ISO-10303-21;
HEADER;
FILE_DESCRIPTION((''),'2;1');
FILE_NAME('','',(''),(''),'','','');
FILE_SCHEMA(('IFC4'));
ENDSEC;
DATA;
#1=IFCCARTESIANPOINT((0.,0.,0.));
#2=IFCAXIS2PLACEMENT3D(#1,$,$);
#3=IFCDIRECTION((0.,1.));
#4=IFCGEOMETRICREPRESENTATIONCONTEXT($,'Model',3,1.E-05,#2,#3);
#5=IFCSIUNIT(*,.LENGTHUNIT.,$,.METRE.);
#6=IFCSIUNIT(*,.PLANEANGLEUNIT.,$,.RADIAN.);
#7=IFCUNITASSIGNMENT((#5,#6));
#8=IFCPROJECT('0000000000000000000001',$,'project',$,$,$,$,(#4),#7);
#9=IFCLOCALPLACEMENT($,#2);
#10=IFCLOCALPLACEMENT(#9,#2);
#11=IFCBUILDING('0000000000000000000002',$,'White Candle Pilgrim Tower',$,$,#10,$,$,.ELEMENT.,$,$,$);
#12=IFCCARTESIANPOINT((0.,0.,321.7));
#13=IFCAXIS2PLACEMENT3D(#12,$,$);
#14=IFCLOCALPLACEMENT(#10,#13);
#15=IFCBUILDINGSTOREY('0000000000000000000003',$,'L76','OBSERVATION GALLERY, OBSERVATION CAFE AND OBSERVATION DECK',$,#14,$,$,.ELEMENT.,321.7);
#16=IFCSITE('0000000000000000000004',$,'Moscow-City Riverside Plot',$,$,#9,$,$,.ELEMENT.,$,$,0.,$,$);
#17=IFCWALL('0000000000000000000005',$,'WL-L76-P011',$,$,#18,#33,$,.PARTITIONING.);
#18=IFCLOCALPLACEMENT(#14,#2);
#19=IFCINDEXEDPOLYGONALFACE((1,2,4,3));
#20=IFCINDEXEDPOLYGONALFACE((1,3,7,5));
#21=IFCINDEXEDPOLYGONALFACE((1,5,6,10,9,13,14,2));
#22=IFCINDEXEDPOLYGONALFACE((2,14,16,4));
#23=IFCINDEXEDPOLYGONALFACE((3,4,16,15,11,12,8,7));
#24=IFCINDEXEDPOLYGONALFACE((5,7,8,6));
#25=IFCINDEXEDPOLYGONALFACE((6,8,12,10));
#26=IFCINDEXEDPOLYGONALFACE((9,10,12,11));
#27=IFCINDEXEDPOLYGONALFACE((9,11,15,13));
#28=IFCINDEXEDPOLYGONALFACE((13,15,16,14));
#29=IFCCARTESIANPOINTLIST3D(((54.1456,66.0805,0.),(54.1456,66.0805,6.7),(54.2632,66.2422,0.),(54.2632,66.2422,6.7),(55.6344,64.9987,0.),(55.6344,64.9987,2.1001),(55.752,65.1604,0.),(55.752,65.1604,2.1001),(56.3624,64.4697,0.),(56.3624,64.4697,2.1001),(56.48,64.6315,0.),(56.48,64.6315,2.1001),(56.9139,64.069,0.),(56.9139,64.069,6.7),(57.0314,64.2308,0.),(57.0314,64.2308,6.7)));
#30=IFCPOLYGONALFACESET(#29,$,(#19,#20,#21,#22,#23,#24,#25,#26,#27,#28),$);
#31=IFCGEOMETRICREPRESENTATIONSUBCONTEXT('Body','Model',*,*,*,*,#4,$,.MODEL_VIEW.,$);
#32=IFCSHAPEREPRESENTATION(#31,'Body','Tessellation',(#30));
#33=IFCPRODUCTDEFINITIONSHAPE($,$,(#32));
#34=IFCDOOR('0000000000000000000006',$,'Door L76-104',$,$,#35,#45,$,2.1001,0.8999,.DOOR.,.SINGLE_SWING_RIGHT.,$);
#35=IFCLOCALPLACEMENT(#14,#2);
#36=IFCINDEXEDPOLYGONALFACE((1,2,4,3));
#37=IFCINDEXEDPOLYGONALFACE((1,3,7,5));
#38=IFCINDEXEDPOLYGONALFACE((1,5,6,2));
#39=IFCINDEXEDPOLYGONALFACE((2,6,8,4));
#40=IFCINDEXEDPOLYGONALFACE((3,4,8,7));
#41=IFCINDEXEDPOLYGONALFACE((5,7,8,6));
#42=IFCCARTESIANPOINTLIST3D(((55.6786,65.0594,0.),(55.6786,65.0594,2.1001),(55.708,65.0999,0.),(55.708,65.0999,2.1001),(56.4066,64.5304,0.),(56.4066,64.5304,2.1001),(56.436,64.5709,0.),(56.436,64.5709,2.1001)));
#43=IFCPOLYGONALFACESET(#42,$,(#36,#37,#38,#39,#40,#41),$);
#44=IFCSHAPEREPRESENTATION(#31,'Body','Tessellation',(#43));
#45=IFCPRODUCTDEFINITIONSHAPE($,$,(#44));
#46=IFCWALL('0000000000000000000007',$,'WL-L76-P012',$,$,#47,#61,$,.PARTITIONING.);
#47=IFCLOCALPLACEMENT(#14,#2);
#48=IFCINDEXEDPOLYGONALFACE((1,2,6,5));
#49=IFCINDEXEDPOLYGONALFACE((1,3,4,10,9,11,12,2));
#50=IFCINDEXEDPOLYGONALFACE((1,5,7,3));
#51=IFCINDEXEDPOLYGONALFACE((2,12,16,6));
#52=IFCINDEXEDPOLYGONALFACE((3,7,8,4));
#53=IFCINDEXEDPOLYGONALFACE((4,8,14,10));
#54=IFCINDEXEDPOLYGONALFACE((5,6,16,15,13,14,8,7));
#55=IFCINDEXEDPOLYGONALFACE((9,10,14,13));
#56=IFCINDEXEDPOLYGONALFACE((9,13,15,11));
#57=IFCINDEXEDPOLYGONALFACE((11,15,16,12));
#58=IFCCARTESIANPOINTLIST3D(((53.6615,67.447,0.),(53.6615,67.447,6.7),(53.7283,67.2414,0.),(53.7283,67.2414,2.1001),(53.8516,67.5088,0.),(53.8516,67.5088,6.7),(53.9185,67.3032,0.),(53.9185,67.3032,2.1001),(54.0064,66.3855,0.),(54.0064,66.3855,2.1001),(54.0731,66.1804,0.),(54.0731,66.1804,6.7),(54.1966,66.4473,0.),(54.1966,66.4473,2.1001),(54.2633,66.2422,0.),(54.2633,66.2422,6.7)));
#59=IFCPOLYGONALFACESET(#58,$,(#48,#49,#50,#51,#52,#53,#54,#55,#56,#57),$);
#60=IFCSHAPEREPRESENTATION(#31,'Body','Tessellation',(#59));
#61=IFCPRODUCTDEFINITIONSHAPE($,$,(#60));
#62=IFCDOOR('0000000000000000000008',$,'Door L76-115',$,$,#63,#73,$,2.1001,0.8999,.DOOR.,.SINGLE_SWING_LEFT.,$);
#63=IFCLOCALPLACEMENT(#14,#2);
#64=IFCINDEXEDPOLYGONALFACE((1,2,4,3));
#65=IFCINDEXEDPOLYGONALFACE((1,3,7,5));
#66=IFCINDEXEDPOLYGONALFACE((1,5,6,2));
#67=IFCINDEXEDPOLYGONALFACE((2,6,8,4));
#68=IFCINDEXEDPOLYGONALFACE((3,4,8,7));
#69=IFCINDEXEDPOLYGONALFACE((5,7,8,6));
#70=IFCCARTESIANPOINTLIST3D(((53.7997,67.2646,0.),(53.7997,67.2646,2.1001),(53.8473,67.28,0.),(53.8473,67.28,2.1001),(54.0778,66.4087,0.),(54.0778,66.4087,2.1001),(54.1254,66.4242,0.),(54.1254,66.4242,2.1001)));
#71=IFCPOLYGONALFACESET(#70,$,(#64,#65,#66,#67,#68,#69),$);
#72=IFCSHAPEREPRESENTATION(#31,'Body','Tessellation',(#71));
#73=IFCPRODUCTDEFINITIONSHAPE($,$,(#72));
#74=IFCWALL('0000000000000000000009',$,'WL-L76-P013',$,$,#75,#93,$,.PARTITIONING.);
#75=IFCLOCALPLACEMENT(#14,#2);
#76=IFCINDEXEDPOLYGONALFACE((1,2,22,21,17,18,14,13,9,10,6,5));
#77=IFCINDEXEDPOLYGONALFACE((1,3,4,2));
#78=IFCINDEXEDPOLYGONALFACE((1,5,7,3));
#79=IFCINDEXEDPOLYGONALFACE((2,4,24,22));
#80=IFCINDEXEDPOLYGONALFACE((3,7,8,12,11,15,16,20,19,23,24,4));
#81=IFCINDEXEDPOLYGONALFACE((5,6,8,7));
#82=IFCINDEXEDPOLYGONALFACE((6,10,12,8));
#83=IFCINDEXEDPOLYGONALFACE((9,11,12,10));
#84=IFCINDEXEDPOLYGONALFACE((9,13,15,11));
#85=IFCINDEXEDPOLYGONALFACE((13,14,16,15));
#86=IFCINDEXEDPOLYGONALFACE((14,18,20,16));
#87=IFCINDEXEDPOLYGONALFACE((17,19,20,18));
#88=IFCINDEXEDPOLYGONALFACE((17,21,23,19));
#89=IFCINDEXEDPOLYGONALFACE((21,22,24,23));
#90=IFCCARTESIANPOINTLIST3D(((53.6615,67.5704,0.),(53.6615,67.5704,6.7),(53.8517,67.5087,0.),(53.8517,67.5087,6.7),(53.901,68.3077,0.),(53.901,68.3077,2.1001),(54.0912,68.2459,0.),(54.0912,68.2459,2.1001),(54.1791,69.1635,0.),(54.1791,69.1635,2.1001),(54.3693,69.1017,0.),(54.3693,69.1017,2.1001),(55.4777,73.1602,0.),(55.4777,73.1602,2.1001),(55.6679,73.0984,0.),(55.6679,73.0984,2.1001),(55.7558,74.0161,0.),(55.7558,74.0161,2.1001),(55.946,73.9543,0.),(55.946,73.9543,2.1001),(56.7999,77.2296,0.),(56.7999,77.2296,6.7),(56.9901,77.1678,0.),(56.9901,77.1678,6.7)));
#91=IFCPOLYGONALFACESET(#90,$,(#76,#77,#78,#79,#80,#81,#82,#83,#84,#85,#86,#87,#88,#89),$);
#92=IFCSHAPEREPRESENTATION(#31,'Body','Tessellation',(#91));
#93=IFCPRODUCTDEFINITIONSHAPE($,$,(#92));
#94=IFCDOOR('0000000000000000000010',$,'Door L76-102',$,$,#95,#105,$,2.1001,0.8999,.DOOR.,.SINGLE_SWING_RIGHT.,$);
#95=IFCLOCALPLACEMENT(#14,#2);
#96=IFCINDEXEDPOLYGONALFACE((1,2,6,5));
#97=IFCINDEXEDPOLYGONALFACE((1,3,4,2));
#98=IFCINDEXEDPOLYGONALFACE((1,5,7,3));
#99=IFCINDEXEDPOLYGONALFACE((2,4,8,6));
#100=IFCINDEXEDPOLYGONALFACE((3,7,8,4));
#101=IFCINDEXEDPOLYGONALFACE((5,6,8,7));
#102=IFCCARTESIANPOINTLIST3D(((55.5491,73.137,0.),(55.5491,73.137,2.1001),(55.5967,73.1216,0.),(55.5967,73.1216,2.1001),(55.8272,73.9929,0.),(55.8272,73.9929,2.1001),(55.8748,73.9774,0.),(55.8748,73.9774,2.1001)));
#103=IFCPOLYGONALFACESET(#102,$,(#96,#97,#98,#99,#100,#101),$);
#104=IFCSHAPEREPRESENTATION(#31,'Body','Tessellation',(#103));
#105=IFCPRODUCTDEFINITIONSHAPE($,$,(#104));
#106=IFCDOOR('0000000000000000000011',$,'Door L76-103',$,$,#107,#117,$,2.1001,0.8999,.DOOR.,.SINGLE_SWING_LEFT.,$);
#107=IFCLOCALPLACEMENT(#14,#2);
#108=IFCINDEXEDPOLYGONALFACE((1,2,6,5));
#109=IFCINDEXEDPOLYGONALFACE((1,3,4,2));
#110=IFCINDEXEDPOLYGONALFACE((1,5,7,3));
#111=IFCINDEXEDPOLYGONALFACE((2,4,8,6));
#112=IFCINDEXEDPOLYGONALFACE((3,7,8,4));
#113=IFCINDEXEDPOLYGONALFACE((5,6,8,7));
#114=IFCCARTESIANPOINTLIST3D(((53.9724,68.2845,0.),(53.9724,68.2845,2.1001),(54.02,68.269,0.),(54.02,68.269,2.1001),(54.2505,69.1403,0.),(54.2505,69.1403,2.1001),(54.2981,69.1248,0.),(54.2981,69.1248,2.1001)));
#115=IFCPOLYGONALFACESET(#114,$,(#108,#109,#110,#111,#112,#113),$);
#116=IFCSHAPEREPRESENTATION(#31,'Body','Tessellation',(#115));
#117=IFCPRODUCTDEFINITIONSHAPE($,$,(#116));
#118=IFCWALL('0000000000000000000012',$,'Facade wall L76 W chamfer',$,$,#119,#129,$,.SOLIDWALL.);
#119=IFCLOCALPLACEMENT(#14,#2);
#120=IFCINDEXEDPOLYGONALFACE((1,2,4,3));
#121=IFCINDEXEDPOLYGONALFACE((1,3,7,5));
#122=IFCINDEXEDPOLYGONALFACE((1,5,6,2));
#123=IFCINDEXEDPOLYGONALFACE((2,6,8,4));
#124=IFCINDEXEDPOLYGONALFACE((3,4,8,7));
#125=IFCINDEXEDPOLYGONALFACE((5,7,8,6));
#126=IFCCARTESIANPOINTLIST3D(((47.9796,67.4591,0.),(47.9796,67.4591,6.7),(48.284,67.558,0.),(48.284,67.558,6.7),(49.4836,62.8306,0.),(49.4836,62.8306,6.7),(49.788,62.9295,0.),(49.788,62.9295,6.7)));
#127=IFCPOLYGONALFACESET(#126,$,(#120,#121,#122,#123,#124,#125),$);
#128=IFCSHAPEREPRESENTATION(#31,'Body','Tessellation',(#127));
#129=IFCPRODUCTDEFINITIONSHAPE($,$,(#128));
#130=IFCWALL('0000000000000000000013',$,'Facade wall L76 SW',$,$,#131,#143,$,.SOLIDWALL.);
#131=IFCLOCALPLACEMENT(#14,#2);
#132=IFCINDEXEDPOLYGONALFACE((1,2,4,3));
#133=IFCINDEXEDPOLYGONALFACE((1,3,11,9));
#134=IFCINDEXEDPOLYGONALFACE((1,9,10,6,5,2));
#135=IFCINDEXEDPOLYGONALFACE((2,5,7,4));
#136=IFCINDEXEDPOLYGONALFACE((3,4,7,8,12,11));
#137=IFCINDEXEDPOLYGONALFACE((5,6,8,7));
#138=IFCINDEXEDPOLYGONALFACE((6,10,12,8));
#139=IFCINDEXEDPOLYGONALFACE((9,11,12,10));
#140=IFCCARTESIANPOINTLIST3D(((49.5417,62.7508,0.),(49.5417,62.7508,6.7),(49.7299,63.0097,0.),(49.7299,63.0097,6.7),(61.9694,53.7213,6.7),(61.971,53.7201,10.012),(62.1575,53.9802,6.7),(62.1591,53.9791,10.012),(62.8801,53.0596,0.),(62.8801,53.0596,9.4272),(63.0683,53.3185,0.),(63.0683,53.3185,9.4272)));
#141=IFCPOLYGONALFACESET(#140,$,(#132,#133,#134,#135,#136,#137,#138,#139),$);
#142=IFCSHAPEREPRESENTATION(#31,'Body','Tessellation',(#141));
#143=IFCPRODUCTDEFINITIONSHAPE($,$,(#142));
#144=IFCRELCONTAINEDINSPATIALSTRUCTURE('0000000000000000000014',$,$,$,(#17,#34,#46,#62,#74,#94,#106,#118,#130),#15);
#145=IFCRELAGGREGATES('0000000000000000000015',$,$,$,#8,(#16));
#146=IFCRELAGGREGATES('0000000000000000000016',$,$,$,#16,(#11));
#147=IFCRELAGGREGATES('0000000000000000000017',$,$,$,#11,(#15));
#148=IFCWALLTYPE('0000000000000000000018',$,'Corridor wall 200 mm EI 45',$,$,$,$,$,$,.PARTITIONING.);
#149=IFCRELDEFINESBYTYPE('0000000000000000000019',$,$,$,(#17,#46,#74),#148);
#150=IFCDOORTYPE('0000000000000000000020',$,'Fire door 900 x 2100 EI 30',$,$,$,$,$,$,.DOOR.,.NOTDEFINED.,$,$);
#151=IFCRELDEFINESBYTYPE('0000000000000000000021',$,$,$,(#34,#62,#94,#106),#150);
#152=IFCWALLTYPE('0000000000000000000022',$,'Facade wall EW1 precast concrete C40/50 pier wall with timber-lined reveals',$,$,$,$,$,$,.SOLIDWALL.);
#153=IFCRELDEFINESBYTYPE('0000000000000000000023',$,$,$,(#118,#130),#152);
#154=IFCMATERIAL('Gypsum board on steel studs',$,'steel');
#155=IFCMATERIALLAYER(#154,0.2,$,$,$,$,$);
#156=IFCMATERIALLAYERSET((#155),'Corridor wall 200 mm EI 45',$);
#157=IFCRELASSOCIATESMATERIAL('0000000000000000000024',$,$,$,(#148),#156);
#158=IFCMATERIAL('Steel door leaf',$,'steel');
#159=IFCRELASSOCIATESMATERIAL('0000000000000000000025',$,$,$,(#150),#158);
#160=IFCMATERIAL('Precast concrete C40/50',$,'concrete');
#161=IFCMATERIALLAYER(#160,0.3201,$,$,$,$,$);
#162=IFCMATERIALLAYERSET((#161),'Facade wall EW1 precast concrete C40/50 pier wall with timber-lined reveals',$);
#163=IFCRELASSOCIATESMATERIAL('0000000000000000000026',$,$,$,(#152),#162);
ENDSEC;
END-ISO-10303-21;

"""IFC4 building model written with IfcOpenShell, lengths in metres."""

from ifc_helpers import new_model, si_unit, direction, frame, frame_2d, origin, place, context, subcontext, project, spatial, polyline, rectangle, outline, extrude, material, layer, layer_set, type_object, element, fill, save


model = new_model("IFC4")

# Units and contexts
model_context = context("Model", 3, precision=1e-05, world=origin(), true_north=direction((0.0, 1.0)))
body_context = subcontext(model_context, "Body", "Model", "MODEL_VIEW")
ifc_project = project(units=[si_unit("LENGTHUNIT", "METRE"), si_unit("PLANEANGLEUNIT", "RADIAN")], contexts=[model_context])

# Site, building, storey
site_placement = place(None, origin())
site = spatial("IfcSite", under=ifc_project, at=site_placement, Name="Moscow-City Riverside Plot", CompositionType="ELEMENT", RefElevation=0.0)
building_placement = place(site_placement, origin())
building = spatial("IfcBuilding", under=site, at=building_placement, Name="White Candle Pilgrim Tower", CompositionType="ELEMENT")
storey_placement = place(building_placement, frame((0.0, 0.0, 321.7)))
storey = spatial("IfcBuildingStorey", under=building, at=storey_placement, Name="L76", Description="OBSERVATION GALLERY, OBSERVATION CAFE AND OBSERVATION DECK", CompositionType="ELEMENT", Elevation=321.7)

# Shared definitions
ifc_material_1 = material(Name="Gypsum board on steel studs", Category="steel")
ifc_layer_1 = layer(ifc_material_1, 0.2)
ifc_layer_set_1 = layer_set([ifc_layer_1], Name="Corridor wall 200 mm EI 45")
wall_type_1 = type_object("IfcWallType", Name="Corridor wall 200 mm EI 45", PredefinedType="PARTITIONING", material=ifc_layer_set_1)

# Walls, openings, doors
wall_1_placement = place(storey_placement, frame((56.9727, 64.1499, 0.0), z_axis=(0.0, 0.0, 1.0), x_axis=(-0.808992, 0.58782, 0.0)))
wall_1 = element("IfcWall", 1, at=wall_1_placement, inside=storey, type_object=wall_type_1, Name="WL-L76-P011", PredefinedType="PARTITIONING", context=body_context, shape_type="SweptSolid", body=[
    extrude(rectangle(XDim=3.4219, YDim=0.2, at=frame_2d((1.7109, 0.0))), origin(), (0.0, 0.0, 1.0), 6.7),
])
opening_1_placement = place(wall_1_placement, frame((0.6816, 0.0, 0.0)))
opening_1 = element("IfcOpeningElement", 2, at=opening_1_placement, cuts=wall_1, PredefinedType="OPENING", context=body_context, shape_type="SweptSolid", body=[
    extrude(rectangle(XDim=0.8999, YDim=2.1001, at=frame_2d((0.45, 1.05))), frame((0.0, 0.1099, 0.0), z_axis=(0.0, -1.0, 0.0), x_axis=(1.0, 0.0, 0.0)), (0.0, 0.0, 1.0), 0.22),
])
ifc_material_2 = material(Name="Steel door leaf", Category="steel")
door_type_1 = type_object("IfcDoorType", Name="Fire door 900 x 2100 EI 30", OperationType="NOTDEFINED", PredefinedType="DOOR", material=ifc_material_2)
door_1_placement = place(opening_1_placement, origin())
door_1 = element("IfcDoor", 3, at=door_1_placement, inside=storey, type_object=door_type_1, Name="Door L76-104", OperationType="SINGLE_SWING_RIGHT", OverallHeight=2.1001, OverallWidth=0.8999, PredefinedType="DOOR", context=body_context, shape_type="SweptSolid", body=[
    extrude(rectangle(XDim=0.8999, YDim=2.1001, at=frame_2d((0.45, 1.05))), frame((0.0, 0.0249, 0.0), z_axis=(0.0, -1.0, 0.0), x_axis=(1.0, 0.0, 0.0)), (0.0, 0.0, 1.0), 0.05),
])
fill(opening_1, door_1)
wall_2_placement = place(storey_placement, frame((54.1682, 66.2112, 0.0), z_axis=(0.0, 0.0, 1.0), x_axis=(-0.309069, 0.951039, 0.0)))
wall_2 = element("IfcWall", 4, at=wall_2_placement, inside=storey, type_object=wall_type_1, Name="WL-L76-P012", PredefinedType="PARTITIONING", context=body_context, shape_type="SweptSolid", body=[
    extrude(rectangle(XDim=1.3318, YDim=0.2, at=frame_2d((0.666, 0.0))), origin(), (0.0, 0.0, 1.0), 6.7),
])
opening_2_placement = place(wall_2_placement, frame((0.2158, 0.0, 0.0)))
opening_2 = element("IfcOpeningElement", 5, at=opening_2_placement, cuts=wall_2, PredefinedType="OPENING", context=body_context, shape_type="SweptSolid", body=[
    extrude(rectangle(XDim=0.8999, YDim=2.1001, at=frame_2d((0.45, 1.05))), frame((0.0, 0.1099, 0.0), z_axis=(0.0, -1.0, 0.0), x_axis=(1.0, 0.0, 0.0)), (0.0, 0.0, 1.0), 0.22),
])
door_2_placement = place(opening_2_placement, origin())
door_2 = element("IfcDoor", 6, at=door_2_placement, inside=storey, type_object=door_type_1, Name="Door L76-115", OperationType="SINGLE_SWING_LEFT", OverallHeight=2.1001, OverallWidth=0.8999, PredefinedType="DOOR", context=body_context, shape_type="SweptSolid", body=[
    extrude(rectangle(XDim=0.8999, YDim=2.1001, at=frame_2d((0.45, 1.05))), frame((0.0, 0.0249, 0.0), z_axis=(0.0, -1.0, 0.0), x_axis=(1.0, 0.0, 0.0)), (0.0, 0.0, 1.0), 0.05),
])
fill(opening_2, door_2)

# Wall, openings, doors
wall_3_placement = place(storey_placement, frame((53.7566, 67.5396, 0.0), z_axis=(0.0, 0.0, 1.0), x_axis=(0.309014, 0.951057, 0.0)))
wall_3 = element("IfcWall", 7, at=wall_3_placement, inside=storey, type_object=wall_type_1, Name="WL-L76-P013", PredefinedType="PARTITIONING", context=body_context, shape_type="SweptSolid", body=[
    extrude(rectangle(XDim=10.1562, YDim=0.2, at=frame_2d((5.0781, 0.0))), origin(), (0.0, 0.0, 1.0), 6.7),
])
opening_3_placement = place(wall_3_placement, frame((5.8774, 0.0, 0.0)))
opening_3 = element("IfcOpeningElement", 8, at=opening_3_placement, cuts=wall_3, PredefinedType="OPENING", context=body_context, shape_type="SweptSolid", body=[
    extrude(rectangle(XDim=0.8999, YDim=2.1001, at=frame_2d((0.45, 1.05))), frame((0.0, 0.1099, 0.0), z_axis=(0.0, -1.0, 0.0), x_axis=(1.0, 0.0, 0.0)), (0.0, 0.0, 1.0), 0.22),
])
opening_4_placement = place(wall_3_placement, frame((0.7751, 0.0, 0.0)))
opening_4 = element("IfcOpeningElement", 9, at=opening_4_placement, cuts=wall_3, PredefinedType="OPENING", context=body_context, shape_type="SweptSolid", body=[
    extrude(rectangle(XDim=0.8999, YDim=2.1001, at=frame_2d((0.45, 1.05))), frame((0.0, 0.1099, 0.0), z_axis=(0.0, -1.0, 0.0), x_axis=(1.0, 0.0, 0.0)), (0.0, 0.0, 1.0), 0.22),
])
door_3_placement = place(opening_3_placement, origin())
door_3 = element("IfcDoor", 10, at=door_3_placement, inside=storey, type_object=door_type_1, Name="Door L76-102", OperationType="SINGLE_SWING_RIGHT", OverallHeight=2.1001, OverallWidth=0.8999, PredefinedType="DOOR", context=body_context, shape_type="SweptSolid", body=[
    extrude(rectangle(XDim=0.8999, YDim=2.1001, at=frame_2d((0.45, 1.05))), frame((0.0, 0.0249, 0.0), z_axis=(0.0, -1.0, 0.0), x_axis=(1.0, 0.0, 0.0)), (0.0, 0.0, 1.0), 0.05),
])
fill(opening_3, door_3)
door_4_placement = place(opening_4_placement, origin())
door_4 = element("IfcDoor", 11, at=door_4_placement, inside=storey, type_object=door_type_1, Name="Door L76-103", OperationType="SINGLE_SWING_LEFT", OverallHeight=2.1001, OverallWidth=0.8999, PredefinedType="DOOR", context=body_context, shape_type="SweptSolid", body=[
    extrude(rectangle(XDim=0.8999, YDim=2.1001, at=frame_2d((0.45, 1.05))), frame((0.0, 0.0249, 0.0), z_axis=(0.0, -1.0, 0.0), x_axis=(1.0, 0.0, 0.0)), (0.0, 0.0, 1.0), 0.05),
])
fill(opening_4, door_4)

# Walls
ifc_material_3 = material(Name="Precast concrete C40/50", Category="concrete")
ifc_layer_2 = layer(ifc_material_3, 0.3201)
ifc_layer_set_2 = layer_set([ifc_layer_2], Name="Facade wall EW1 precast concrete C40/50 pier wall with timber-lined reveals")
wall_type_2 = type_object("IfcWallType", Name="Facade wall EW1 precast concrete C40/50 pier wall with timber-lined reveals", PredefinedType="SOLIDWALL", material=ifc_layer_set_2)
wall_4_placement = place(storey_placement, frame((48.1318, 67.5085, 0.0), z_axis=(0.0, 0.0, 1.0), x_axis=(0.309025, -0.951054, 0.0)))
element("IfcWall", 12, at=wall_4_placement, inside=storey, type_object=wall_type_2, Name="Facade wall L76 W chamfer", PredefinedType="SOLIDWALL", context=body_context, shape_type="SweptSolid", body=[
    extrude(rectangle(XDim=4.8667, YDim=0.3201, at=frame_2d((2.4333, 0.0))), origin(), (0.0, 0.0, 1.0), 6.7),
])
wall_5_placement = place(storey_placement, frame((49.6357, 62.8801, 0.0), z_axis=(0.0, 0.0, 1.0), x_axis=(0.809009, -0.587796, 0.0)))
element("IfcWall", 13, at=wall_5_placement, inside=storey, type_object=wall_type_2, Name="Facade wall L76 SW", PredefinedType="SOLIDWALL", context=body_context, shape_type="SweptSolid", body=[
    extrude(outline(polyline([(0.0, 0.0), (16.4873, 0.0), (16.4873, 9.4272), (15.3635, 10.012), (15.3616, 6.7), (0.0, 6.7), (0.0, 0.0)])), frame((0.0, 0.1602, 0.0), z_axis=(0.0, -1.0, 0.0), x_axis=(1.0, 0.0, 0.0)), (0.0, 0.0, 1.0), 0.3201),
])

save(model, "model.ifc")
